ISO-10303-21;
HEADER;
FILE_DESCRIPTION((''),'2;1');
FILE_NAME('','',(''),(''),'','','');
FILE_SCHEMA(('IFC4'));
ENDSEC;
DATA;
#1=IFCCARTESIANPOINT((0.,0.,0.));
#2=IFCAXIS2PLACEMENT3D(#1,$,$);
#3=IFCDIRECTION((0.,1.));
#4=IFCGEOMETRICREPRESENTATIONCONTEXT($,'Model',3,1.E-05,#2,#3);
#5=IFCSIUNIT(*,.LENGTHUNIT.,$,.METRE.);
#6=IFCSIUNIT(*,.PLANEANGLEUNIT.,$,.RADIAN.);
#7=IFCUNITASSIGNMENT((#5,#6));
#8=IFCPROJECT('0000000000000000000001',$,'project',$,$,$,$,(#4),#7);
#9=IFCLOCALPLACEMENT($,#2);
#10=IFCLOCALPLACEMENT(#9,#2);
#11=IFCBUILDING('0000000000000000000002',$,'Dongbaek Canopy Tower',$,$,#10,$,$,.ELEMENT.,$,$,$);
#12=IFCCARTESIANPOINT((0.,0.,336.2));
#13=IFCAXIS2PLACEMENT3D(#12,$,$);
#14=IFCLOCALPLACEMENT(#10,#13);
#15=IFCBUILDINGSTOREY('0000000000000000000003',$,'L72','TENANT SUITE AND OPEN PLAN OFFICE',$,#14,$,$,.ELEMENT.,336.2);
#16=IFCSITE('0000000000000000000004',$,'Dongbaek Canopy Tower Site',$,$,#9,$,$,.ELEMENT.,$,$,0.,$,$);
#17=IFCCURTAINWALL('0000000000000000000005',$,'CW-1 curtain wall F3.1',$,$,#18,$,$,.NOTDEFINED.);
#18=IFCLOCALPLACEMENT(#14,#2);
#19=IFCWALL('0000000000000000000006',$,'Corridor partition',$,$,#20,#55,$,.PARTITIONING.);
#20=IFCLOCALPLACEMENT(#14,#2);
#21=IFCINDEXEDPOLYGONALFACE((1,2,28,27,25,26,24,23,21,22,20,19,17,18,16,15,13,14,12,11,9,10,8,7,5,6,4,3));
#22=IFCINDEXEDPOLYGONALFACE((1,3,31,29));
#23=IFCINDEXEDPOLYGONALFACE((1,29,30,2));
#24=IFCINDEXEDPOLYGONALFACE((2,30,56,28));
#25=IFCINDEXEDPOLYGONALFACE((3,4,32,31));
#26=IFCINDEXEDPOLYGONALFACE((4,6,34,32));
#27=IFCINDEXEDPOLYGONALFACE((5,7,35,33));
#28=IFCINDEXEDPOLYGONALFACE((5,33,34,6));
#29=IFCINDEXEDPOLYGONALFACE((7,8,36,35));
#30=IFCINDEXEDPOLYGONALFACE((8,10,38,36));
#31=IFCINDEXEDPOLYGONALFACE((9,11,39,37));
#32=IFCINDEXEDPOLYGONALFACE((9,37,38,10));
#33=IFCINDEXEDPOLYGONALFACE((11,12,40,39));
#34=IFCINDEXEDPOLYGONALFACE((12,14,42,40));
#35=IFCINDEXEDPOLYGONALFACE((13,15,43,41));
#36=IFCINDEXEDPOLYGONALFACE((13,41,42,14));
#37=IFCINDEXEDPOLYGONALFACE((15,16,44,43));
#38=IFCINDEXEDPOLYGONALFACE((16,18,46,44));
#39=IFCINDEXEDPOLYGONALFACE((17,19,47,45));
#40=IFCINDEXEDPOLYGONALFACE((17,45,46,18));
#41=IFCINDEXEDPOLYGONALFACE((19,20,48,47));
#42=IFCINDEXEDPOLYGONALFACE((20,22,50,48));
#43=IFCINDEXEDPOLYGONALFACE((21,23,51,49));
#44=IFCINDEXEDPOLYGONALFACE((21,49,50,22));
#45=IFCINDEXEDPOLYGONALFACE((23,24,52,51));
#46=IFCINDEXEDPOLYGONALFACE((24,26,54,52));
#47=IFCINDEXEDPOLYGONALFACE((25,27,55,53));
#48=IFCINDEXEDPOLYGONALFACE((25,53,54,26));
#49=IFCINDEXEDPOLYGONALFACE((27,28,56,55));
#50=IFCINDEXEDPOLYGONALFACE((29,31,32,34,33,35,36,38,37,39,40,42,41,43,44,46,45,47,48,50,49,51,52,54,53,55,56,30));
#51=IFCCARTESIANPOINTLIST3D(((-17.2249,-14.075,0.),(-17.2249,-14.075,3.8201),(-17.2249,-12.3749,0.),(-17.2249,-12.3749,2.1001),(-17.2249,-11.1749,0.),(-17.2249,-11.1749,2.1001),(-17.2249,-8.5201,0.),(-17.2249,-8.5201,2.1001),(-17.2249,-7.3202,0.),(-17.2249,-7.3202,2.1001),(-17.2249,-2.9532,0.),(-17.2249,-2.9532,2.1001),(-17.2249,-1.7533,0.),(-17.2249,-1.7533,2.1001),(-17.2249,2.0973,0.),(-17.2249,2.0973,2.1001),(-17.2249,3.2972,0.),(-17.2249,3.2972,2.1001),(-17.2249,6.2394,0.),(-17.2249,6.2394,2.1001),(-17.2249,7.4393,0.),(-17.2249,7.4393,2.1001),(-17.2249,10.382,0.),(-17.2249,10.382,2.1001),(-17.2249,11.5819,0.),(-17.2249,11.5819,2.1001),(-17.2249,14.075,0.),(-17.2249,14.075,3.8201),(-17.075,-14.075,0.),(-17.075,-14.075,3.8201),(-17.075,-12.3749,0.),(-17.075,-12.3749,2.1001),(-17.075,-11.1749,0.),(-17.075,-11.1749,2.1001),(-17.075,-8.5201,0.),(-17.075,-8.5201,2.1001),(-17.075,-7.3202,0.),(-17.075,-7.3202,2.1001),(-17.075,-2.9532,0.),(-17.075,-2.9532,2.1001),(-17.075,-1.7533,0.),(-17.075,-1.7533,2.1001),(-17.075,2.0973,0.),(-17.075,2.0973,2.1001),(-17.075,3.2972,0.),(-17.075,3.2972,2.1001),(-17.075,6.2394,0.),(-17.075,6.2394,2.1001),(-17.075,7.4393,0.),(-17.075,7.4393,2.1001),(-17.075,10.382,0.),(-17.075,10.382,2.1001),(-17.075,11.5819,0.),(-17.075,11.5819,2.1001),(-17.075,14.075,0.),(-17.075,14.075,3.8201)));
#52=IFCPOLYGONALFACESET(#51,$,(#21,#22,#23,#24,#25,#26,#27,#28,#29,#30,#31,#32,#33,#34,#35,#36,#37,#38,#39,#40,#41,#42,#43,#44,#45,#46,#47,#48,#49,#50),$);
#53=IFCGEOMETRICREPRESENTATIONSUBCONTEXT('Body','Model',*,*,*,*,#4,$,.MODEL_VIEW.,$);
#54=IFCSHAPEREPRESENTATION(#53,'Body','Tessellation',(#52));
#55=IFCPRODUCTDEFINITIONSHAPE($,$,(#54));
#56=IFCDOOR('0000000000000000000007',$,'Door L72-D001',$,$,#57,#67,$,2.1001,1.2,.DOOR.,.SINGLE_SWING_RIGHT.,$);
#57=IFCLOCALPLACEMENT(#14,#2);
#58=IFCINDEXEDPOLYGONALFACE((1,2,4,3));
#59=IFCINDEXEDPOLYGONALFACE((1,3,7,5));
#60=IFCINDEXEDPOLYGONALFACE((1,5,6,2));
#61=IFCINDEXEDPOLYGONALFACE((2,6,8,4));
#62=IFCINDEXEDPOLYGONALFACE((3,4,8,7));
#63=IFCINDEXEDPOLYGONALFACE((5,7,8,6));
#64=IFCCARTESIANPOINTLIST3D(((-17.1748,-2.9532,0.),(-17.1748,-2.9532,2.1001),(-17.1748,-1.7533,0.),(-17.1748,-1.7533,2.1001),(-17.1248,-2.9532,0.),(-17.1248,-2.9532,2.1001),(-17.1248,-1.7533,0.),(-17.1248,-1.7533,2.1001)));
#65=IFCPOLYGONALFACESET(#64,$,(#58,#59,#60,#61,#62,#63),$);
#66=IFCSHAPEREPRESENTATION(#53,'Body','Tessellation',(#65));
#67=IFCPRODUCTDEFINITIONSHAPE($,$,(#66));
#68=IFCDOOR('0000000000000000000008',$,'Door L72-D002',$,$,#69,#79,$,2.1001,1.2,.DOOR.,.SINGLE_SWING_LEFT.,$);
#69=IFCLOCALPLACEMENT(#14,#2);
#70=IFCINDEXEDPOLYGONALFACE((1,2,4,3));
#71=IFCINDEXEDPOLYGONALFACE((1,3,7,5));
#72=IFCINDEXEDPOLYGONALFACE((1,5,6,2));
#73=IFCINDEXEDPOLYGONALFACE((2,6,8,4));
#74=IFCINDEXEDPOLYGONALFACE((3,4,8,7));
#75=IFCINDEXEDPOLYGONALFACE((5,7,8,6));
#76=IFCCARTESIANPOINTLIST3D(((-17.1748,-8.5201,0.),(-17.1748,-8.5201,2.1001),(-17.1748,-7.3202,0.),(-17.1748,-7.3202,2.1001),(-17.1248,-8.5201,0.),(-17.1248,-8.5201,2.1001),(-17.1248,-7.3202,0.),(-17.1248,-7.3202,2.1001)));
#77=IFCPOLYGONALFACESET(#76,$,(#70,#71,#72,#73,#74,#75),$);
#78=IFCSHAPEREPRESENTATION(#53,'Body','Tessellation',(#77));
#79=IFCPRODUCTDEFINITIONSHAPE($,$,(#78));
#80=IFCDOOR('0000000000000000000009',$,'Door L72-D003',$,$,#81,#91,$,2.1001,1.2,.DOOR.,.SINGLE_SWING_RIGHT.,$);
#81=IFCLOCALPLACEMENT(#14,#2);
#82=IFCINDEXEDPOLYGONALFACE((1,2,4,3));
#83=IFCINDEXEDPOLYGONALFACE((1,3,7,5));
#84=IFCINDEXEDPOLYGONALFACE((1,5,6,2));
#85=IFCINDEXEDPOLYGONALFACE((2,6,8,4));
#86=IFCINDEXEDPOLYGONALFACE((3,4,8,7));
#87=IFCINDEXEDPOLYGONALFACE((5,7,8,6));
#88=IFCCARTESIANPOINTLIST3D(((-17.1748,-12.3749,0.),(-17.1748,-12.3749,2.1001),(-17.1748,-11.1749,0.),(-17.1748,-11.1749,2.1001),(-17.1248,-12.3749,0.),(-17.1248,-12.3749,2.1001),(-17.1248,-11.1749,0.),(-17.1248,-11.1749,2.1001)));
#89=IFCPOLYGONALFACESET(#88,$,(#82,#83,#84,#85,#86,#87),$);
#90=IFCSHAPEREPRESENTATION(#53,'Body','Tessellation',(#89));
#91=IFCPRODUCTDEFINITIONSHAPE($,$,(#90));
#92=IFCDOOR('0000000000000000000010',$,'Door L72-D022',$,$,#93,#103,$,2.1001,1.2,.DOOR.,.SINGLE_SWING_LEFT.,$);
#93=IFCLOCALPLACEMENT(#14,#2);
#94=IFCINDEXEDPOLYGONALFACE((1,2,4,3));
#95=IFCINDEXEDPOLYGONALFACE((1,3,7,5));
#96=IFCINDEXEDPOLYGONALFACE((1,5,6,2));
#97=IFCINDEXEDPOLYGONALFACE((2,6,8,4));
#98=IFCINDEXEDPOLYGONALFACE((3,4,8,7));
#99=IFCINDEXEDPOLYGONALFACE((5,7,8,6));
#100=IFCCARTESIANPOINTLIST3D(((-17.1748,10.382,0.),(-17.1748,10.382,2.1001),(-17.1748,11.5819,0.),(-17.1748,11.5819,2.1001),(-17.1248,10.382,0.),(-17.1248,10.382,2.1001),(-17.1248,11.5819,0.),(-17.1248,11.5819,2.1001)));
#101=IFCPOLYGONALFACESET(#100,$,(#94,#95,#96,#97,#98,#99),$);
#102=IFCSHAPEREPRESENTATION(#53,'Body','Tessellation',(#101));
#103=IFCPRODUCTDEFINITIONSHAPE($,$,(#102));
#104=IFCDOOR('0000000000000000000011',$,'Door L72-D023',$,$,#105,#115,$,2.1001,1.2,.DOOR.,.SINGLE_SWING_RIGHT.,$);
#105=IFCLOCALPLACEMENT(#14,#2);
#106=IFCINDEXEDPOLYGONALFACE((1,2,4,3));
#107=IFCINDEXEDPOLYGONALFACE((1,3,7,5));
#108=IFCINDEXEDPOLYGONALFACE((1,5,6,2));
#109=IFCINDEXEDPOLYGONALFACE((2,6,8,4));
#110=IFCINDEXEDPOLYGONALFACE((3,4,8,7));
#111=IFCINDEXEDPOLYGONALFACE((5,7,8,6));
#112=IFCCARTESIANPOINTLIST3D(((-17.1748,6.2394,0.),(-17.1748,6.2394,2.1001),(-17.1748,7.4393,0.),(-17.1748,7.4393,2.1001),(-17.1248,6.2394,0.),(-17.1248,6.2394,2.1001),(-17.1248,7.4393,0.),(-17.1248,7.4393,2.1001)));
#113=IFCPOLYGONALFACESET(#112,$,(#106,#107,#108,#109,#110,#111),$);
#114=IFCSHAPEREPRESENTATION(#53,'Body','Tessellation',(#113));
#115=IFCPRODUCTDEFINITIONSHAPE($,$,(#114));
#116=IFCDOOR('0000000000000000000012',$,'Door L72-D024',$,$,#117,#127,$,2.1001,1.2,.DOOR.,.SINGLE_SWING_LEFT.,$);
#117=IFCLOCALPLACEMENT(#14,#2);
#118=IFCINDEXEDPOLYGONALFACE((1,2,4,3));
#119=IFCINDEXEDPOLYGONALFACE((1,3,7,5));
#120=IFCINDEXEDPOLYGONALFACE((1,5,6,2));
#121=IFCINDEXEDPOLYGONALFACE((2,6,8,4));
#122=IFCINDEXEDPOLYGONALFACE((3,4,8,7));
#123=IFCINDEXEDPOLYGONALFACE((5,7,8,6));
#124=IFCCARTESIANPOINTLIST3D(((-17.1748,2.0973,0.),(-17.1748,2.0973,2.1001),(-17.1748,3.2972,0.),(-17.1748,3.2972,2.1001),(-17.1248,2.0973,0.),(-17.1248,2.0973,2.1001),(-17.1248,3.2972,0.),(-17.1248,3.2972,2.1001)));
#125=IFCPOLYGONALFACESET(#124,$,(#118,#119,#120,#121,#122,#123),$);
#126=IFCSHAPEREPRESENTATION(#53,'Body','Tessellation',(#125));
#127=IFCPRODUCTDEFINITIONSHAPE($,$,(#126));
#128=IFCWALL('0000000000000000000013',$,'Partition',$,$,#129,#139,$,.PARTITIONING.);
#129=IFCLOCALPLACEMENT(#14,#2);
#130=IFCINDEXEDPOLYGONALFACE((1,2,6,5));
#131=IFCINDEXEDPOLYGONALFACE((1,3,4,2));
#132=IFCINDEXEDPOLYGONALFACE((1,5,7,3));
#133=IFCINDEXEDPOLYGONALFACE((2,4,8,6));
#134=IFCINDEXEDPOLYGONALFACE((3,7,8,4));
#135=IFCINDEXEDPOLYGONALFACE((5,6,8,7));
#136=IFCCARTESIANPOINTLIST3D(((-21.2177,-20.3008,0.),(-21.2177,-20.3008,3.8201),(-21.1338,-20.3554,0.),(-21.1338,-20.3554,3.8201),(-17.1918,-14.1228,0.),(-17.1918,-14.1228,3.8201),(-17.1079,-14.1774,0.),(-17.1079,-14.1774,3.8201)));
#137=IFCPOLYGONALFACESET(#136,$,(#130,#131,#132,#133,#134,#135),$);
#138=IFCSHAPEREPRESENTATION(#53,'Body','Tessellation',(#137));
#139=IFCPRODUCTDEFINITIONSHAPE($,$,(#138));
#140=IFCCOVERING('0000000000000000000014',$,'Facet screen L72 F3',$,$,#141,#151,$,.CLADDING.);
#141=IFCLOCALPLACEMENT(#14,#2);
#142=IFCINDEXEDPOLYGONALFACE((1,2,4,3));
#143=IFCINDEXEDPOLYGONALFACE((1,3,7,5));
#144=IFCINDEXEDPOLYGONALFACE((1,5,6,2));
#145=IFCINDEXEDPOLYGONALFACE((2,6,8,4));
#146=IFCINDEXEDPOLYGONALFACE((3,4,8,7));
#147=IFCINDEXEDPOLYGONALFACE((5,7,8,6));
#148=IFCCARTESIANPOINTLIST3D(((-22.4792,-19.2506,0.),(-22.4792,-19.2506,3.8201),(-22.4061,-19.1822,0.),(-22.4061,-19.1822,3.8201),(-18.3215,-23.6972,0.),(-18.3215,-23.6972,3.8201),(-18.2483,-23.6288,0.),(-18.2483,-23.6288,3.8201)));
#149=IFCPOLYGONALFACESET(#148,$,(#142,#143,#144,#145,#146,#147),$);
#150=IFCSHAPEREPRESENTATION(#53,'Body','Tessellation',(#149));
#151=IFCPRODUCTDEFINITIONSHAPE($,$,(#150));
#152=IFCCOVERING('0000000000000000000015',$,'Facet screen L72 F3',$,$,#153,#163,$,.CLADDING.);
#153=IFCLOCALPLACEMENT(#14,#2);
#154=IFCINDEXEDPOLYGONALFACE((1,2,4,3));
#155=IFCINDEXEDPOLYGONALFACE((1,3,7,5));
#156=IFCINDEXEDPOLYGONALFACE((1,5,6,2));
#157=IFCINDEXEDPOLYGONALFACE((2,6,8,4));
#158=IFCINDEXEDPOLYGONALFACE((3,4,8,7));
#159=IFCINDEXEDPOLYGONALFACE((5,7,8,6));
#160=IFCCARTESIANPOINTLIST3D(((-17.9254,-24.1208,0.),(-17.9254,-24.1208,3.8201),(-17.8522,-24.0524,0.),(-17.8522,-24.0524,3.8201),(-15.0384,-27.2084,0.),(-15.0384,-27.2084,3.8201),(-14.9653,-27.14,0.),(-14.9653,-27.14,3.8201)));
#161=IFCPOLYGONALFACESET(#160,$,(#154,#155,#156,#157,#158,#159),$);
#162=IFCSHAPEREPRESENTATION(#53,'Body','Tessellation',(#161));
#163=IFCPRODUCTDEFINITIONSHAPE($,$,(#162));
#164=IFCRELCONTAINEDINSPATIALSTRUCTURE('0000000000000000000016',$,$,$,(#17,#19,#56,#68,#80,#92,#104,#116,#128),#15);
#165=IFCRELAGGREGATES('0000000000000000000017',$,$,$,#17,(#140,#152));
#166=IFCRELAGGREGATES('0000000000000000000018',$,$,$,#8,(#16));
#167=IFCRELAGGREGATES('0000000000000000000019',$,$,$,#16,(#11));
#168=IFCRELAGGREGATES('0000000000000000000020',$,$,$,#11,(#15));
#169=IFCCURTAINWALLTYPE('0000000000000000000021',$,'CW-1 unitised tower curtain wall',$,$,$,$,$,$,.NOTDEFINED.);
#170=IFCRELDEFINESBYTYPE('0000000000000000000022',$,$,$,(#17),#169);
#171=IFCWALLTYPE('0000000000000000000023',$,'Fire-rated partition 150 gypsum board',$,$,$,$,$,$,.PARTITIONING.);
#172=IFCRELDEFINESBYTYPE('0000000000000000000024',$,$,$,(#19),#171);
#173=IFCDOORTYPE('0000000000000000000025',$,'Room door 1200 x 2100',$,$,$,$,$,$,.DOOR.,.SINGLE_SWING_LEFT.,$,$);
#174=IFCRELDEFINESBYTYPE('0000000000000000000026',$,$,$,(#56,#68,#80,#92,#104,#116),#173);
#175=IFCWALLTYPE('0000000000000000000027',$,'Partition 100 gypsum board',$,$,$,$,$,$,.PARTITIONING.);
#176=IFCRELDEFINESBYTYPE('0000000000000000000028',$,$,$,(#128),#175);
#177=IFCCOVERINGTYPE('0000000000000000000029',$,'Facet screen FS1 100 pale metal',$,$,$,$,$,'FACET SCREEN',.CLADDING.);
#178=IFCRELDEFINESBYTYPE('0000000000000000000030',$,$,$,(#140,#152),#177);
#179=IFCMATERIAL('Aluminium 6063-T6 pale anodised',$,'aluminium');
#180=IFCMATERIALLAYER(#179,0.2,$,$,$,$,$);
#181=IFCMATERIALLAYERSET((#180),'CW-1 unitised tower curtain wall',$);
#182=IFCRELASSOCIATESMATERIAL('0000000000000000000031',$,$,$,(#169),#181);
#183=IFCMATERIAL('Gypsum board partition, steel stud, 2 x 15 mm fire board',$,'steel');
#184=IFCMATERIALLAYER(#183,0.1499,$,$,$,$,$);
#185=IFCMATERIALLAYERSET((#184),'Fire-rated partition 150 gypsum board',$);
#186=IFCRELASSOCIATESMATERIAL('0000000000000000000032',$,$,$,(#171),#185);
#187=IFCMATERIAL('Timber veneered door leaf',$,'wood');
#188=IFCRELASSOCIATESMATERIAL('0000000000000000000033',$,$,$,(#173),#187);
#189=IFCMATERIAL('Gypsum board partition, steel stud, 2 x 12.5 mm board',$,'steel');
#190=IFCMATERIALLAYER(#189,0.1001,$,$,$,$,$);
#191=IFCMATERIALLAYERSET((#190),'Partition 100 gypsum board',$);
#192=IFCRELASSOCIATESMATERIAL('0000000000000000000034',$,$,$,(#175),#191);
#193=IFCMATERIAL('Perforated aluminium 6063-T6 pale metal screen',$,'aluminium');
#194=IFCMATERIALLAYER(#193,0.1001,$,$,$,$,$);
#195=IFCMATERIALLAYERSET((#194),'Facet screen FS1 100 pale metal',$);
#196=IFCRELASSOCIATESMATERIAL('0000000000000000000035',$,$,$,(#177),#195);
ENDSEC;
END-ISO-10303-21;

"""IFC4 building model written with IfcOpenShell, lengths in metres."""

from ifc_helpers import new_model, si_unit, direction, frame, frame_2d, origin, origin_2d, place, context, subcontext, project, spatial, rectangle, extrude, material, layer, layer_set, type_object, element, fill, aggregate, save


model = new_model("IFC4")

# Units and contexts
model_context = context("Model", 3, precision=1e-05, world=origin(), true_north=direction((0.0, 1.0)))
body_context = subcontext(model_context, "Body", "Model", "MODEL_VIEW")
ifc_project = project(units=[si_unit("LENGTHUNIT", "METRE"), si_unit("PLANEANGLEUNIT", "RADIAN")], contexts=[model_context])

# Site, building, storey
site_placement = place(None, origin())
site = spatial("IfcSite", under=ifc_project, at=site_placement, Name="Dongbaek Canopy Tower Site", CompositionType="ELEMENT", RefElevation=0.0)
building_placement = place(site_placement, origin())
building = spatial("IfcBuilding", under=site, at=building_placement, Name="Dongbaek Canopy Tower", CompositionType="ELEMENT")
storey_placement = place(building_placement, frame((0.0, 0.0, 336.2)))
storey = spatial("IfcBuildingStorey", under=building, at=storey_placement, Name="L72", Description="TENANT SUITE AND OPEN PLAN OFFICE", CompositionType="ELEMENT", Elevation=336.2)

# Curtain wall
ifc_material_1 = material(Name="Aluminium 6063-T6 pale anodised", Category="aluminium")
ifc_layer_1 = layer(ifc_material_1, 0.2)
ifc_layer_set_1 = layer_set([ifc_layer_1], Name="CW-1 unitised tower curtain wall")
curtain_wall_type = type_object("IfcCurtainWallType", Name="CW-1 unitised tower curtain wall", PredefinedType="NOTDEFINED", material=ifc_layer_set_1)
curtain_wall_1_placement = place(storey_placement, origin())
curtain_wall_1 = element("IfcCurtainWall", 1, at=curtain_wall_1_placement, inside=storey, type_object=curtain_wall_type, Name="CW-1 curtain wall F3.1", PredefinedType="NOTDEFINED")

# Wall, openings, doors
ifc_material_2 = material(Name="Gypsum board partition, steel stud, 2 x 15 mm fire board", Category="steel")
ifc_layer_2 = layer(ifc_material_2, 0.1499)
ifc_layer_set_2 = layer_set([ifc_layer_2], Name="Fire-rated partition 150 gypsum board")
wall_type_1 = type_object("IfcWallType", Name="Fire-rated partition 150 gypsum board", PredefinedType="PARTITIONING", material=ifc_layer_set_2)
wall_1_placement = place(storey_placement, frame((-17.1499, -14.075, 0.0), z_axis=(0.0, 0.0, 1.0), x_axis=(0.0, 1.0, 0.0)))
wall_1 = element("IfcWall", 2, at=wall_1_placement, inside=storey, type_object=wall_type_1, Name="Corridor partition", PredefinedType="PARTITIONING", context=body_context, shape_type="SweptSolid", body=[
    extrude(rectangle(XDim=28.1499, YDim=0.1499, at=frame_2d((14.075, 0.0))), origin(), (0.0, 0.0, 1.0), 3.8201),
])
opening_1_placement = place(wall_1_placement, frame((11.1216, 0.0, 0.0)))
opening_1 = element("IfcOpeningElement", 3, at=opening_1_placement, cuts=wall_1, PredefinedType="OPENING", context=body_context, shape_type="SweptSolid", body=[
    extrude(rectangle(XDim=1.2, YDim=2.1001, at=frame_2d((0.6001, 1.05))), frame((0.0, 0.085, 0.0), z_axis=(0.0, -1.0, 0.0), x_axis=(1.0, 0.0, 0.0)), (0.0, 0.0, 1.0), 0.1699),
])
opening_2_placement = place(wall_1_placement, frame((5.5547, 0.0, 0.0)))
opening_2 = element("IfcOpeningElement", 4, at=opening_2_placement, cuts=wall_1, PredefinedType="OPENING", context=body_context, shape_type="SweptSolid", body=[
    extrude(rectangle(XDim=1.2, YDim=2.1001, at=frame_2d((0.6001, 1.05))), frame((0.0, 0.085, 0.0), z_axis=(0.0, -1.0, 0.0), x_axis=(1.0, 0.0, 0.0)), (0.0, 0.0, 1.0), 0.1699),
])
opening_3_placement = place(wall_1_placement, frame((1.7, 0.0, 0.0)))
opening_3 = element("IfcOpeningElement", 5, at=opening_3_placement, cuts=wall_1, PredefinedType="OPENING", context=body_context, shape_type="SweptSolid", body=[
    extrude(rectangle(XDim=1.2, YDim=2.1001, at=frame_2d((0.6001, 1.05))), frame((0.0, 0.085, 0.0), z_axis=(0.0, -1.0, 0.0), x_axis=(1.0, 0.0, 0.0)), (0.0, 0.0, 1.0), 0.1699),
])
opening_4_placement = place(wall_1_placement, frame((24.4568, 0.0, 0.0)))
opening_4 = element("IfcOpeningElement", 6, at=opening_4_placement, cuts=wall_1, PredefinedType="OPENING", context=body_context, shape_type="SweptSolid", body=[
    extrude(rectangle(XDim=1.2, YDim=2.1001, at=frame_2d((0.6001, 1.05))), frame((0.0, 0.085, 0.0), z_axis=(0.0, -1.0, 0.0), x_axis=(1.0, 0.0, 0.0)), (0.0, 0.0, 1.0), 0.1699),
])
opening_5_placement = place(wall_1_placement, frame((20.3142, 0.0, 0.0)))
opening_5 = element("IfcOpeningElement", 7, at=opening_5_placement, cuts=wall_1, PredefinedType="OPENING", context=body_context, shape_type="SweptSolid", body=[
    extrude(rectangle(XDim=1.2, YDim=2.1001, at=frame_2d((0.6001, 1.05))), frame((0.0, 0.085, 0.0), z_axis=(0.0, -1.0, 0.0), x_axis=(1.0, 0.0, 0.0)), (0.0, 0.0, 1.0), 0.1699),
])
opening_6_placement = place(wall_1_placement, frame((16.1721, 0.0, 0.0)))
opening_6 = element("IfcOpeningElement", 8, at=opening_6_placement, cuts=wall_1, PredefinedType="OPENING", context=body_context, shape_type="SweptSolid", body=[
    extrude(rectangle(XDim=1.2, YDim=2.1001, at=frame_2d((0.6001, 1.05))), frame((0.0, 0.085, 0.0), z_axis=(0.0, -1.0, 0.0), x_axis=(1.0, 0.0, 0.0)), (0.0, 0.0, 1.0), 0.1699),
])
ifc_material_3 = material(Name="Timber veneered door leaf", Category="wood")
door_type = type_object("IfcDoorType", Name="Room door 1200 x 2100", OperationType="SINGLE_SWING_LEFT", PredefinedType="DOOR", material=ifc_material_3)
door_1_placement = place(opening_1_placement, origin())
door_1 = element("IfcDoor", 9, at=door_1_placement, inside=storey, type_object=door_type, Name="Door L72-D001", OperationType="SINGLE_SWING_RIGHT", OverallHeight=2.1001, OverallWidth=1.2, PredefinedType="DOOR", context=body_context, shape_type="SweptSolid", body=[
    extrude(rectangle(XDim=1.2, YDim=2.1001, at=frame_2d((0.6001, 1.05))), frame((0.0, 0.0249, 0.0), z_axis=(0.0, -1.0, 0.0), x_axis=(1.0, 0.0, 0.0)), (0.0, 0.0, 1.0), 0.05),
])
fill(opening_1, door_1)
door_2_placement = place(opening_2_placement, origin())
door_2 = element("IfcDoor", 10, at=door_2_placement, inside=storey, type_object=door_type, Name="Door L72-D002", OperationType="SINGLE_SWING_LEFT", OverallHeight=2.1001, OverallWidth=1.2, PredefinedType="DOOR", context=body_context, shape_type="SweptSolid", body=[
    extrude(rectangle(XDim=1.2, YDim=2.1001, at=frame_2d((0.6001, 1.05))), frame((0.0, 0.0249, 0.0), z_axis=(0.0, -1.0, 0.0), x_axis=(1.0, 0.0, 0.0)), (0.0, 0.0, 1.0), 0.05),
])
fill(opening_2, door_2)
door_3_placement = place(opening_3_placement, origin())
door_3 = element("IfcDoor", 11, at=door_3_placement, inside=storey, type_object=door_type, Name="Door L72-D003", OperationType="SINGLE_SWING_RIGHT", OverallHeight=2.1001, OverallWidth=1.2, PredefinedType="DOOR", context=body_context, shape_type="SweptSolid", body=[
    extrude(rectangle(XDim=1.2, YDim=2.1001, at=frame_2d((0.6001, 1.05))), frame((0.0, 0.0249, 0.0), z_axis=(0.0, -1.0, 0.0), x_axis=(1.0, 0.0, 0.0)), (0.0, 0.0, 1.0), 0.05),
])
fill(opening_3, door_3)
door_4_placement = place(opening_4_placement, origin())
door_4 = element("IfcDoor", 12, at=door_4_placement, inside=storey, type_object=door_type, Name="Door L72-D022", OperationType="SINGLE_SWING_LEFT", OverallHeight=2.1001, OverallWidth=1.2, PredefinedType="DOOR", context=body_context, shape_type="SweptSolid", body=[
    extrude(rectangle(XDim=1.2, YDim=2.1001, at=frame_2d((0.6001, 1.05))), frame((0.0, 0.0249, 0.0), z_axis=(0.0, -1.0, 0.0), x_axis=(1.0, 0.0, 0.0)), (0.0, 0.0, 1.0), 0.05),
])
fill(opening_4, door_4)
door_5_placement = place(opening_5_placement, origin())
door_5 = element("IfcDoor", 13, at=door_5_placement, inside=storey, type_object=door_type, Name="Door L72-D023", OperationType="SINGLE_SWING_RIGHT", OverallHeight=2.1001, OverallWidth=1.2, PredefinedType="DOOR", context=body_context, shape_type="SweptSolid", body=[
    extrude(rectangle(XDim=1.2, YDim=2.1001, at=frame_2d((0.6001, 1.05))), frame((0.0, 0.0249, 0.0), z_axis=(0.0, -1.0, 0.0), x_axis=(1.0, 0.0, 0.0)), (0.0, 0.0, 1.0), 0.05),
])
fill(opening_5, door_5)
door_6_placement = place(opening_6_placement, origin())
door_6 = element("IfcDoor", 14, at=door_6_placement, inside=storey, type_object=door_type, Name="Door L72-D024", OperationType="SINGLE_SWING_LEFT", OverallHeight=2.1001, OverallWidth=1.2, PredefinedType="DOOR", context=body_context, shape_type="SweptSolid", body=[
    extrude(rectangle(XDim=1.2, YDim=2.1001, at=frame_2d((0.6001, 1.05))), frame((0.0, 0.0249, 0.0), z_axis=(0.0, -1.0, 0.0), x_axis=(1.0, 0.0, 0.0)), (0.0, 0.0, 1.0), 0.05),
])
fill(opening_6, door_6)

# Wall
ifc_material_4 = material(Name="Gypsum board partition, steel stud, 2 x 12.5 mm board", Category="steel")
ifc_layer_3 = layer(ifc_material_4, 0.1001)
ifc_layer_set_3 = layer_set([ifc_layer_3], Name="Partition 100 gypsum board")
wall_type_2 = type_object("IfcWallType", Name="Partition 100 gypsum board", PredefinedType="PARTITIONING", material=ifc_layer_set_3)
wall_2_placement = place(storey_placement, frame((-21.1758, -20.3281, 0.0), z_axis=(0.0, 0.0, 1.0), x_axis=(0.54596, 0.837811, 0.0)))
element("IfcWall", 15, at=wall_2_placement, inside=storey, type_object=wall_type_2, Name="Partition", PredefinedType="PARTITIONING", context=body_context, shape_type="SweptSolid", body=[
    extrude(rectangle(XDim=7.374, YDim=0.1001, at=frame_2d((3.687, 0.0))), origin(), (0.0, 0.0, 1.0), 3.8201),
])

# Coverings
ifc_material_5 = material(Name="Perforated aluminium 6063-T6 pale metal screen", Category="aluminium")
ifc_layer_4 = layer(ifc_material_5, 0.1001)
ifc_layer_set_4 = layer_set([ifc_layer_4], Name="Facet screen FS1 100 pale metal")
covering_type_1 = type_object("IfcCoveringType", Name="Facet screen FS1 100 pale metal", ElementType="FACET SCREEN", PredefinedType="CLADDING", material=ifc_layer_set_4)
covering_1_placement = place(storey_placement, frame((-20.3638, -21.4397, 0.0), z_axis=(0.0, 0.0, 1.0), x_axis=(0.682978, -0.730439, 0.0)))
covering_1 = element("IfcCovering", 16, at=covering_1_placement, type_object=covering_type_1, Name="Facet screen L72 F3", PredefinedType="CLADDING", context=body_context, shape_type="SweptSolid", body=[
    extrude(rectangle(XDim=6.0876, YDim=0.1001, at=origin_2d()), origin(), (0.0, 0.0, 1.0), 3.8201),
])
covering_2_placement = place(storey_placement, frame((-16.4453, -25.6304, 0.0), z_axis=(0.0, 0.0, 1.0), x_axis=(0.682978, -0.730439, 0.0)))
covering_2 = element("IfcCovering", 17, at=covering_2_placement, type_object=covering_type_1, Name="Facet screen L72 F3", PredefinedType="CLADDING", context=body_context, shape_type="SweptSolid", body=[
    extrude(rectangle(XDim=4.2271, YDim=0.1001, at=origin_2d()), origin(), (0.0, 0.0, 1.0), 3.8201),
])
aggregate(curtain_wall_1, [covering_1, covering_2])

save(model, "model.ifc")
